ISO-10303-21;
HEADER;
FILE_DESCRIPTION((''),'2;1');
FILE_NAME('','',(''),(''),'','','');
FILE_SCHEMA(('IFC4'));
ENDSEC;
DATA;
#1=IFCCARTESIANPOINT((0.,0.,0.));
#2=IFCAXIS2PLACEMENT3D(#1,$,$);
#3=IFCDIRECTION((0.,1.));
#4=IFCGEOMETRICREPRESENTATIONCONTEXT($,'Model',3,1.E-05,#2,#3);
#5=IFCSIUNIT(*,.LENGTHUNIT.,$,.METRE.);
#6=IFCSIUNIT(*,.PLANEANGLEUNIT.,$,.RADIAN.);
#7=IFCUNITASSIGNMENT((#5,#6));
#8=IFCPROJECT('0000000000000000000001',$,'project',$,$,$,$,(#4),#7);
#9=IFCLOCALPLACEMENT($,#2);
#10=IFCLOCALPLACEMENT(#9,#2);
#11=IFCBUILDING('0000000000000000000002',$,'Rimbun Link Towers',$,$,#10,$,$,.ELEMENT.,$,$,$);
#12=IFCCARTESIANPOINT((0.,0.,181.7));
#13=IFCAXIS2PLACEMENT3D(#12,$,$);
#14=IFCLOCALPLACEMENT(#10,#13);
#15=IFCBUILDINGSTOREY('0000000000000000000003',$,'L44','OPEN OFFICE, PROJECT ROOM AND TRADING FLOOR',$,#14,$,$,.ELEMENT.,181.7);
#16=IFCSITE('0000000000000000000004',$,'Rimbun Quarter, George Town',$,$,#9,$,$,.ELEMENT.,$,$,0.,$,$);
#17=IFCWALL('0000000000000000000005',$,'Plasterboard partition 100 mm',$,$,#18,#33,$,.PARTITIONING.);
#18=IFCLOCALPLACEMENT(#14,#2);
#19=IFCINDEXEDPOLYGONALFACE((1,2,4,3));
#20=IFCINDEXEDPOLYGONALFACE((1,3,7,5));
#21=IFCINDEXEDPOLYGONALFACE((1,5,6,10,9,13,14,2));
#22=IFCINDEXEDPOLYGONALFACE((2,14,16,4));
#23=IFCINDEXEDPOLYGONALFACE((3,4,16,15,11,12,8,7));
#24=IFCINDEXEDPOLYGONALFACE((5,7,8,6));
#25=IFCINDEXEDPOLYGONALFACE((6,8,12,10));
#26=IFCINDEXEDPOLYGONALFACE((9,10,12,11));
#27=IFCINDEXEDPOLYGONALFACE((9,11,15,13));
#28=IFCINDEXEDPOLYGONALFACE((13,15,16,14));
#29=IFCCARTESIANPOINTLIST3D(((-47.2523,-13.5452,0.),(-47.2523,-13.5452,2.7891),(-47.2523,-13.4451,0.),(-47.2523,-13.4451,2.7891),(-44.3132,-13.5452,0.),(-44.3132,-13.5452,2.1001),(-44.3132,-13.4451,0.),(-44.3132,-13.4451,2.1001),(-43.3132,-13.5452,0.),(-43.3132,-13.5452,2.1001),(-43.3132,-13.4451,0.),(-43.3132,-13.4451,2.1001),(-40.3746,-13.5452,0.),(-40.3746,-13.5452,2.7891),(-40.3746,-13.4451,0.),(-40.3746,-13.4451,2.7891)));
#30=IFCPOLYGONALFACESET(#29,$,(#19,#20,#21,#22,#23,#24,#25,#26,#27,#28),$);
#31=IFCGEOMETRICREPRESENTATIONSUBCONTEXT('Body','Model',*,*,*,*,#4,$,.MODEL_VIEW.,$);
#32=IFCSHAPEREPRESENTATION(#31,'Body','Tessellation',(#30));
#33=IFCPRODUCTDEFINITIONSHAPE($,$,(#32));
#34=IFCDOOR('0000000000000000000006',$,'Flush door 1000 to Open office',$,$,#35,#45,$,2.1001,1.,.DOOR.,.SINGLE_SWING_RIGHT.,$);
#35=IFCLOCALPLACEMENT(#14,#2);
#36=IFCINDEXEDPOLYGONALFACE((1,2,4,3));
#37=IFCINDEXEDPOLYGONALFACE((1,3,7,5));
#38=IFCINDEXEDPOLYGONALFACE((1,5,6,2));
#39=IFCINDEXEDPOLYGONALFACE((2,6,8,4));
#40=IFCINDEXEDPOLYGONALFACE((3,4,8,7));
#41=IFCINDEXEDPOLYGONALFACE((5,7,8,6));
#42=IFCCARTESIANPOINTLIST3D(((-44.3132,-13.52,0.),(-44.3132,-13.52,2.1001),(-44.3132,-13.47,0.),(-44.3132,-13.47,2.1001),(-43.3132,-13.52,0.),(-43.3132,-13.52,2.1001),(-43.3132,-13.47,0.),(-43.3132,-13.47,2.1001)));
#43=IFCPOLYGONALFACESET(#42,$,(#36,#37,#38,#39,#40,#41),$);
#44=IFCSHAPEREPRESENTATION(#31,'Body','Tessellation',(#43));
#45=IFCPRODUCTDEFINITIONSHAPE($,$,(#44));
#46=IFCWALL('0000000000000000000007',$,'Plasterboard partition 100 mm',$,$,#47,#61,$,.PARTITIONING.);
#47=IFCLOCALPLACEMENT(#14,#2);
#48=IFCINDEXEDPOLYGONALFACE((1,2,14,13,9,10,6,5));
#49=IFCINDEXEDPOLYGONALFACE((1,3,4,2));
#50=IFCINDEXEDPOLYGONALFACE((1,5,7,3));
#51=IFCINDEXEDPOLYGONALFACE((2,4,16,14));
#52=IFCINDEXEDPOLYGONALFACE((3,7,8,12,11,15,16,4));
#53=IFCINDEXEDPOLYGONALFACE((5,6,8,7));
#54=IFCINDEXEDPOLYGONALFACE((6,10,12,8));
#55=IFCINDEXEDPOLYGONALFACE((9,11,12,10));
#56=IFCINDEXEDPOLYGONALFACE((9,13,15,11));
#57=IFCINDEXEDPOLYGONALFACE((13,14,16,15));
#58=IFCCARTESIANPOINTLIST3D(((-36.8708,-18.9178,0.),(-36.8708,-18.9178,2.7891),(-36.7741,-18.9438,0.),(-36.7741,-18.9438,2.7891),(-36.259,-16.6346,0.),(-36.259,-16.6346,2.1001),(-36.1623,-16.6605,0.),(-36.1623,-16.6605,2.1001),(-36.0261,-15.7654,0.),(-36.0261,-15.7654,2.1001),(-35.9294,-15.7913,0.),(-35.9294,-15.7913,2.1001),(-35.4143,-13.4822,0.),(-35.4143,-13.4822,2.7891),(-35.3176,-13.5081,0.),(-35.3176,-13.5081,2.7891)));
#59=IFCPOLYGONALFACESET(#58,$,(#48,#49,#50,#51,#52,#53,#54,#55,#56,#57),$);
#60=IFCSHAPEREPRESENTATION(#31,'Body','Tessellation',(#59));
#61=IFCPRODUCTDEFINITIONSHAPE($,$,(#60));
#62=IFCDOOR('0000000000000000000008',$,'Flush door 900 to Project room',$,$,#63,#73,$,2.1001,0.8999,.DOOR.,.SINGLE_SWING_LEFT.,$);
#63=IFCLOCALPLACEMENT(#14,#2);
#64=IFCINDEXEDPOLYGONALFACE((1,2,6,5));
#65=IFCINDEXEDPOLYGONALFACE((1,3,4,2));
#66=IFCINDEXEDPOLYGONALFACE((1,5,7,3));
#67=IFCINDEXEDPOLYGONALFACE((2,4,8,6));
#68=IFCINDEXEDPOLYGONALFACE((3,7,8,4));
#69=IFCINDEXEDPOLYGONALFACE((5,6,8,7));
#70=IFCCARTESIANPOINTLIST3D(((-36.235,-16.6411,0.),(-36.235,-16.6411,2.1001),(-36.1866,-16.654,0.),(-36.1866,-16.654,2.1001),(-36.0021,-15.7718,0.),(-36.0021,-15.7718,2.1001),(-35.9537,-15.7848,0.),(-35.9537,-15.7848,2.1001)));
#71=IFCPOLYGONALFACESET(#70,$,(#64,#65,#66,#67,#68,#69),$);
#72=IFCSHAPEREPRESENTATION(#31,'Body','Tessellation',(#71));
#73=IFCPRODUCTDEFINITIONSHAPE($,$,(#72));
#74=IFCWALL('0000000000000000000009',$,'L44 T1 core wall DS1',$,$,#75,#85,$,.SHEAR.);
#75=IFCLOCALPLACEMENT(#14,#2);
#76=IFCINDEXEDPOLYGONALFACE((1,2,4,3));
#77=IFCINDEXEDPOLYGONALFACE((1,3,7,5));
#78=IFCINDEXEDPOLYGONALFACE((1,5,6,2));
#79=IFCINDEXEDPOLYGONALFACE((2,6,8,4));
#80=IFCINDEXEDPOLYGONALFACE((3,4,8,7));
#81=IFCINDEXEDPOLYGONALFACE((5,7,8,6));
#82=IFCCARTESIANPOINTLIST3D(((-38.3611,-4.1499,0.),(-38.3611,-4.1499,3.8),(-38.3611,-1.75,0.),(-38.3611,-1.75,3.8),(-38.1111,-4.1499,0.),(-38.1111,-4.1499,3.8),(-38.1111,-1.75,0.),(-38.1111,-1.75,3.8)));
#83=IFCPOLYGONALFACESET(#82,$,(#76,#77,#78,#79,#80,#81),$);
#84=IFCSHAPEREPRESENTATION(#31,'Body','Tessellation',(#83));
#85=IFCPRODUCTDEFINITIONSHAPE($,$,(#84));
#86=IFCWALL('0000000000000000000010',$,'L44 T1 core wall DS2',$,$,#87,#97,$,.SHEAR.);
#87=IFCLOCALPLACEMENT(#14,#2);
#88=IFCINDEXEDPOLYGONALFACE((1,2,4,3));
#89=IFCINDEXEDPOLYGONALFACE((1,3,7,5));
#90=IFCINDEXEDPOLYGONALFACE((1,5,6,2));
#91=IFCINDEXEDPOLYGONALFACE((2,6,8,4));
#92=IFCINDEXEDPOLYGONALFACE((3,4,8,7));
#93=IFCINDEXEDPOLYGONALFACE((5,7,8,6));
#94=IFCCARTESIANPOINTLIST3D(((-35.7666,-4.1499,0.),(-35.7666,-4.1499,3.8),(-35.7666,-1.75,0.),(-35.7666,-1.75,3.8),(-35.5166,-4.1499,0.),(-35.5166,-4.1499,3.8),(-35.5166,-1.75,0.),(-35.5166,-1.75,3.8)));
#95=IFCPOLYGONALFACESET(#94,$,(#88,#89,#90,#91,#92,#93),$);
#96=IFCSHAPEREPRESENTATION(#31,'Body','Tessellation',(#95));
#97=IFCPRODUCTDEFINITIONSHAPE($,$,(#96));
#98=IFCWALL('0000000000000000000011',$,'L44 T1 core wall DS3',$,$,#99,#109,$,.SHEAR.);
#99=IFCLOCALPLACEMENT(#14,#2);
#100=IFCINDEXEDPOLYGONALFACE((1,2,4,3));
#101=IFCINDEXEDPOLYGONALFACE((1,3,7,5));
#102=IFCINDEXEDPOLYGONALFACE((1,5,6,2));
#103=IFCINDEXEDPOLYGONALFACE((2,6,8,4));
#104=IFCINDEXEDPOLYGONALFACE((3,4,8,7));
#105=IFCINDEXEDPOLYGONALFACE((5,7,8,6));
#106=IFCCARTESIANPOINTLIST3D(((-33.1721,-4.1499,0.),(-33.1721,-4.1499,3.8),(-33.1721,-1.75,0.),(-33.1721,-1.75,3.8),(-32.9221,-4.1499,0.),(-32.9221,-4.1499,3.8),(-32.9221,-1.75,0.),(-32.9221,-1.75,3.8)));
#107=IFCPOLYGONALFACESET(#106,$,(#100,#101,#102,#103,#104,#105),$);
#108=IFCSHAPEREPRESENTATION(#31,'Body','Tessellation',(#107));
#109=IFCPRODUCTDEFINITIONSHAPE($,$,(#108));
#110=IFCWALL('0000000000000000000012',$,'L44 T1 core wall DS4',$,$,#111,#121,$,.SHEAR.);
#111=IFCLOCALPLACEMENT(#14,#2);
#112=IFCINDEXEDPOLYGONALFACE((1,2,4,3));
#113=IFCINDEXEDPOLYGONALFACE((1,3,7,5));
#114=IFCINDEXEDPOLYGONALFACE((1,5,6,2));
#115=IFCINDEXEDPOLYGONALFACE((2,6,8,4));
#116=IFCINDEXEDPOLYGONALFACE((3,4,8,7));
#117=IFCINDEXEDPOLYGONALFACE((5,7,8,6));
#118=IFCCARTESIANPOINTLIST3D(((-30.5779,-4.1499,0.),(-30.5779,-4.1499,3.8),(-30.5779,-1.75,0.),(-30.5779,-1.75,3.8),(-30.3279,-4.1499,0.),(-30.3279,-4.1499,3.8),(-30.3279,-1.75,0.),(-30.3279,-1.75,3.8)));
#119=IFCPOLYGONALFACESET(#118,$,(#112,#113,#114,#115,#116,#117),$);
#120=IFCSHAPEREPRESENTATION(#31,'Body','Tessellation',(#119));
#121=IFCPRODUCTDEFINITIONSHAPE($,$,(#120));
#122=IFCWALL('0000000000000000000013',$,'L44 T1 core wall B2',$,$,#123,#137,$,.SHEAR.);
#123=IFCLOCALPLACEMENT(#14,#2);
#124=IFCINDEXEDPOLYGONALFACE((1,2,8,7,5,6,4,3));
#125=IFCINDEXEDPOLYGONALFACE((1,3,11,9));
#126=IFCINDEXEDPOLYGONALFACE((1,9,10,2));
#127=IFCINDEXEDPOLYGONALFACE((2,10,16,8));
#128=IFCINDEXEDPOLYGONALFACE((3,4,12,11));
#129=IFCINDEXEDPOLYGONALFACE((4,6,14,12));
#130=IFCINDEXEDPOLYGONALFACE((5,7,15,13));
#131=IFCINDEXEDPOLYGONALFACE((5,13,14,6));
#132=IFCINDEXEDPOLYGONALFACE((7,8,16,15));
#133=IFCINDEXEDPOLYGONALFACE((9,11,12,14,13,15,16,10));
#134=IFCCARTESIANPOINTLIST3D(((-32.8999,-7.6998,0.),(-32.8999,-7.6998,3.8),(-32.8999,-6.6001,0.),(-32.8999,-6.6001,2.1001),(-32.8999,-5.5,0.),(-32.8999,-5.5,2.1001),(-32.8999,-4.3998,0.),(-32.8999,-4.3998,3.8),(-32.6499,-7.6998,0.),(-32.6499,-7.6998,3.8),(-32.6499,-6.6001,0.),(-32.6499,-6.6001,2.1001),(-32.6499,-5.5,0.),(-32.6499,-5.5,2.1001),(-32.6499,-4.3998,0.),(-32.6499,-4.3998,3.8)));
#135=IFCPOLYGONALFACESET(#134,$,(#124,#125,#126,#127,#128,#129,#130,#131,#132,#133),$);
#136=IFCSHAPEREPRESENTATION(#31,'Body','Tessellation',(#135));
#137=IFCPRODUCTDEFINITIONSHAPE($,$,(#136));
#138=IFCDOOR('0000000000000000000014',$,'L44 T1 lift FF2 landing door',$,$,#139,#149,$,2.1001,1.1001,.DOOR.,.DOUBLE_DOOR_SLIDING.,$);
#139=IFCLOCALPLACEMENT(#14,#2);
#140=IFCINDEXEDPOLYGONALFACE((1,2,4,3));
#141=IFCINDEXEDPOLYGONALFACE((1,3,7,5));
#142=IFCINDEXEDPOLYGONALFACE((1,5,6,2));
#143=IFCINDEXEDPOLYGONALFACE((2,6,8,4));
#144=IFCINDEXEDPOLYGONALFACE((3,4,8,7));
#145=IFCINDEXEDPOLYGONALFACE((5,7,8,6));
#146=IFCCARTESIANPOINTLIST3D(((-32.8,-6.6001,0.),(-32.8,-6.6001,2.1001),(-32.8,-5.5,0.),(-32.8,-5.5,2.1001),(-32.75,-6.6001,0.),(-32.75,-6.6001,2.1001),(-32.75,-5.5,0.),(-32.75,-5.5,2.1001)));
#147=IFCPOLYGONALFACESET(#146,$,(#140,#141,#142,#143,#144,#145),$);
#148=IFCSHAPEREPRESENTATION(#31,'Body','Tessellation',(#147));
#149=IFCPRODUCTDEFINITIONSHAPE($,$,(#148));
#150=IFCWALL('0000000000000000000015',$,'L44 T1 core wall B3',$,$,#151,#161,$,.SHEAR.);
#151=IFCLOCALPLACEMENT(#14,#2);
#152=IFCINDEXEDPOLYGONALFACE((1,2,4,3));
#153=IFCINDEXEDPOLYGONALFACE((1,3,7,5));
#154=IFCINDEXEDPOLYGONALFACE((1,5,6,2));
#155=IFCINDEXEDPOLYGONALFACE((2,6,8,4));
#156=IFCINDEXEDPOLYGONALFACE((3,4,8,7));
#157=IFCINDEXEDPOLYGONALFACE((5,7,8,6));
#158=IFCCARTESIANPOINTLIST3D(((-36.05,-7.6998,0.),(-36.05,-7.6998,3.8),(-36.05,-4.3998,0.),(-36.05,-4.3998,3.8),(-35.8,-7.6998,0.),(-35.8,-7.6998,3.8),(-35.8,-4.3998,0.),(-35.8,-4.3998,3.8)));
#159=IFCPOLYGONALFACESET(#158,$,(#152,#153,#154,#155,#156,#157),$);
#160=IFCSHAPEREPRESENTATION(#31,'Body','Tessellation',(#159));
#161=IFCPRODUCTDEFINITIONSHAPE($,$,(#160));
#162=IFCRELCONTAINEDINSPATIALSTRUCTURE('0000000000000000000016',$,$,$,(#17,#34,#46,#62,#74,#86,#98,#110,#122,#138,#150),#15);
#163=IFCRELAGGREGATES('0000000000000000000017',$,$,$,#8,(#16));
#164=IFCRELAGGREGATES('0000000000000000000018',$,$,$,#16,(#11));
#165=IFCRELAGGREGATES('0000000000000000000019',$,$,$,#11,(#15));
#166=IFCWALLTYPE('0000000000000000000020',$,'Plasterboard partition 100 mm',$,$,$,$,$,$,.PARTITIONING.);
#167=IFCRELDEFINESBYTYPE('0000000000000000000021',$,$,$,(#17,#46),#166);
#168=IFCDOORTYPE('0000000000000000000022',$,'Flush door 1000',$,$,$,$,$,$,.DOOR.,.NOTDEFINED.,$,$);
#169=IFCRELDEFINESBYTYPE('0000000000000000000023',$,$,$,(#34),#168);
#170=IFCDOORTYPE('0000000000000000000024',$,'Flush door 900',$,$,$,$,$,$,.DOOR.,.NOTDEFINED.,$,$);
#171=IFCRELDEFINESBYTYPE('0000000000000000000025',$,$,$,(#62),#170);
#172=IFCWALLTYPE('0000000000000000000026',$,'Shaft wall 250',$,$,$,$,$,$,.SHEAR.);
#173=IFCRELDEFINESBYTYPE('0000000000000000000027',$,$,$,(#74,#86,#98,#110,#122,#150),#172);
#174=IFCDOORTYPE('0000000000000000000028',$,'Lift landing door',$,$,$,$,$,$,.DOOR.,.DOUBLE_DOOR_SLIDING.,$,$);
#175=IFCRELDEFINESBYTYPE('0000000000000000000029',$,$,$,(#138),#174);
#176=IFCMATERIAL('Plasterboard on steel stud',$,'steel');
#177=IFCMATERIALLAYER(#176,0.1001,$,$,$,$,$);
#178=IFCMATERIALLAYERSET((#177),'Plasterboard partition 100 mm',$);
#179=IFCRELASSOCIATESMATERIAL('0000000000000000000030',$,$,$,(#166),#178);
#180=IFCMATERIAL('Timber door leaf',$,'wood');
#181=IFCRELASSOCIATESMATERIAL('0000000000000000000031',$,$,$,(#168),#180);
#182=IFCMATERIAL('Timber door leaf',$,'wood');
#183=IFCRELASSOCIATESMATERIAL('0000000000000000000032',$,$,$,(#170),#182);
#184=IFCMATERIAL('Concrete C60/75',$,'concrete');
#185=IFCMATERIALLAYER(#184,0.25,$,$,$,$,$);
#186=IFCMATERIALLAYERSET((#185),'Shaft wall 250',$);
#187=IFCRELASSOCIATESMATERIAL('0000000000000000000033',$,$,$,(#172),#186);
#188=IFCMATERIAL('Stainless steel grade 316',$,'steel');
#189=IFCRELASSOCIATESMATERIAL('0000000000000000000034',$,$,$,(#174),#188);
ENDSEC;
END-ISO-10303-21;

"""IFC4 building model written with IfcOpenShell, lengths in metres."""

from ifc_helpers import new_model, si_unit, direction, frame, frame_2d, origin, place, context, subcontext, project, spatial, rectangle, extrude, material, layer, layer_set, type_object, element, fill, save


model = new_model("IFC4")

# Units and contexts
model_context = context("Model", 3, precision=1e-05, world=origin(), true_north=direction((0.0, 1.0)))
body_context = subcontext(model_context, "Body", "Model", "MODEL_VIEW")
ifc_project = project(units=[si_unit("LENGTHUNIT", "METRE"), si_unit("PLANEANGLEUNIT", "RADIAN")], contexts=[model_context])

# Site, building, storey
site_placement = place(None, origin())
site = spatial("IfcSite", under=ifc_project, at=site_placement, Name="Rimbun Quarter, George Town", CompositionType="ELEMENT", RefElevation=0.0)
building_placement = place(site_placement, origin())
building = spatial("IfcBuilding", under=site, at=building_placement, Name="Rimbun Link Towers", CompositionType="ELEMENT")
storey_placement = place(building_placement, frame((0.0, 0.0, 181.7)))
storey = spatial("IfcBuildingStorey", under=building, at=storey_placement, Name="L44", Description="OPEN OFFICE, PROJECT ROOM AND TRADING FLOOR", CompositionType="ELEMENT", Elevation=181.7)

# Walls, openings, doors
ifc_material_1 = material(Name="Plasterboard on steel stud", Category="steel")
ifc_layer_1 = layer(ifc_material_1, 0.1001)
ifc_layer_set_1 = layer_set([ifc_layer_1], Name="Plasterboard partition 100 mm")
wall_type_1 = type_object("IfcWallType", Name="Plasterboard partition 100 mm", PredefinedType="PARTITIONING", material=ifc_layer_set_1)
wall_1_placement = place(storey_placement, frame((-40.3745, -13.4951, 0.0), z_axis=(0.0, 0.0, 1.0), x_axis=(-1.0, 0.0, 0.0)))
wall_1 = element("IfcWall", 1, at=wall_1_placement, inside=storey, type_object=wall_type_1, Name="Plasterboard partition 100 mm", PredefinedType="PARTITIONING", context=body_context, shape_type="SweptSolid", body=[
    extrude(rectangle(XDim=6.8777, YDim=0.1001, at=frame_2d((3.439, 0.0))), origin(), (0.0, 0.0, 1.0), 2.7891),
])
opening_1_placement = place(wall_1_placement, frame((2.9387, 0.0, 0.0)))
opening_1 = element("IfcOpeningElement", 2, at=opening_1_placement, cuts=wall_1, PredefinedType="OPENING", context=body_context, shape_type="SweptSolid", body=[
    extrude(rectangle(XDim=1.0, YDim=2.1001, at=frame_2d((0.5, 1.05))), frame((0.0, 0.0601, 0.0), z_axis=(0.0, -1.0, 0.0), x_axis=(1.0, 0.0, 0.0)), (0.0, 0.0, 1.0), 0.1201),
])
ifc_material_2 = material(Name="Timber door leaf", Category="wood")
door_type_1 = type_object("IfcDoorType", Name="Flush door 1000", OperationType="NOTDEFINED", PredefinedType="DOOR", material=ifc_material_2)
door_1_placement = place(opening_1_placement, origin())
door_1 = element("IfcDoor", 3, at=door_1_placement, inside=storey, type_object=door_type_1, Name="Flush door 1000 to Open office", OperationType="SINGLE_SWING_RIGHT", OverallHeight=2.1001, OverallWidth=1.0, PredefinedType="DOOR", context=body_context, shape_type="SweptSolid", body=[
    extrude(rectangle(XDim=1.0, YDim=2.1001, at=frame_2d((0.5, 1.05))), frame((0.0, 0.0249, 0.0), z_axis=(0.0, -1.0, 0.0), x_axis=(1.0, 0.0, 0.0)), (0.0, 0.0, 1.0), 0.05),
])
fill(opening_1, door_1)
wall_2_placement = place(storey_placement, frame((-35.366, -13.4951, 0.0), z_axis=(0.0, 0.0, 1.0), x_axis=(-0.258824, -0.965925, 0.0)))
wall_2 = element("IfcWall", 4, at=wall_2_placement, inside=storey, type_object=wall_type_1, Name="Plasterboard partition 100 mm", PredefinedType="PARTITIONING", context=body_context, shape_type="SweptSolid", body=[
    extrude(rectangle(XDim=5.6274, YDim=0.1001, at=frame_2d((2.8137, 0.0))), origin(), (0.0, 0.0, 1.0), 2.7891),
])
opening_2_placement = place(wall_2_placement, frame((2.3638, 0.0, 0.0)))
opening_2 = element("IfcOpeningElement", 5, at=opening_2_placement, cuts=wall_2, PredefinedType="OPENING", context=body_context, shape_type="SweptSolid", body=[
    extrude(rectangle(XDim=0.8999, YDim=2.1001, at=frame_2d((0.45, 1.05))), frame((0.0, 0.0601, 0.0), z_axis=(0.0, -1.0, 0.0), x_axis=(1.0, 0.0, 0.0)), (0.0, 0.0, 1.0), 0.1201),
])
ifc_material_3 = material(Name="Timber door leaf", Category="wood")
door_type_2 = type_object("IfcDoorType", Name="Flush door 900", OperationType="NOTDEFINED", PredefinedType="DOOR", material=ifc_material_3)
door_2_placement = place(opening_2_placement, origin())
door_2 = element("IfcDoor", 6, at=door_2_placement, inside=storey, type_object=door_type_2, Name="Flush door 900 to Project room", OperationType="SINGLE_SWING_LEFT", OverallHeight=2.1001, OverallWidth=0.8999, PredefinedType="DOOR", context=body_context, shape_type="SweptSolid", body=[
    extrude(rectangle(XDim=0.8999, YDim=2.1001, at=frame_2d((0.45, 1.05))), frame((0.0, 0.0249, 0.0), z_axis=(0.0, -1.0, 0.0), x_axis=(1.0, 0.0, 0.0)), (0.0, 0.0, 1.0), 0.05),
])
fill(opening_2, door_2)

# Walls
ifc_material_4 = material(Name="Concrete C60/75", Category="concrete")
ifc_layer_2 = layer(ifc_material_4, 0.25)
ifc_layer_set_2 = layer_set([ifc_layer_2], Name="Shaft wall 250")
wall_type_2 = type_object("IfcWallType", Name="Shaft wall 250", PredefinedType="SHEAR", material=ifc_layer_set_2)
for number, where, z_axis, x_axis, name in (
    (7, (-38.2361, -4.1499, 0.0), (0.0, 0.0, 1.0), (0.0, 1.0, 0.0), "L44 T1 core wall DS1"),
    (8, (-35.6416, -4.1499, 0.0), (0.0, 0.0, 1.0), (0.0, 1.0, 0.0), "L44 T1 core wall DS2"),
    (9, (-33.0471, -4.1499, 0.0), (0.0, 0.0, 1.0), (0.0, 1.0, 0.0), "L44 T1 core wall DS3"),
    (10, (-30.4529, -4.1499, 0.0), (0.0, 0.0, 1.0), (0.0, 1.0, 0.0), "L44 T1 core wall DS4"),
):
    element("IfcWall", number, at=place(storey_placement, frame(where, z_axis=z_axis, x_axis=x_axis)), inside=storey, type_object=wall_type_2, Name=name, PredefinedType="SHEAR", context=body_context, shape_type="SweptSolid", body=[
        extrude(rectangle(XDim=2.3999, YDim=0.25, at=frame_2d((1.2, 0.0))), origin(), (0.0, 0.0, 1.0), 3.8),
    ])

# Wall, opening, door
wall_3_placement = place(storey_placement, frame((-32.7749, -4.3999, 0.0), z_axis=(0.0, 0.0, 1.0), x_axis=(0.0, -1.0, 0.0)))
wall_3 = element("IfcWall", 11, at=wall_3_placement, inside=storey, type_object=wall_type_2, Name="L44 T1 core wall B2", PredefinedType="SHEAR", context=body_context, shape_type="SweptSolid", body=[
    extrude(rectangle(XDim=3.3, YDim=0.25, at=frame_2d((1.6499, 0.0))), origin(), (0.0, 0.0, 1.0), 3.8),
])
opening_3_placement = place(wall_3_placement, frame((1.1001, 0.0, 0.0)))
opening_3 = element("IfcOpeningElement", 12, at=opening_3_placement, cuts=wall_3, PredefinedType="OPENING", context=body_context, shape_type="SweptSolid", body=[
    extrude(rectangle(XDim=1.1001, YDim=2.1001, at=frame_2d((0.55, 1.05))), frame((0.0, 0.135, 0.0), z_axis=(0.0, -1.0, 0.0), x_axis=(1.0, 0.0, 0.0)), (0.0, 0.0, 1.0), 0.27),
])
ifc_material_5 = material(Name="Stainless steel grade 316", Category="steel")
door_type_3 = type_object("IfcDoorType", Name="Lift landing door", OperationType="DOUBLE_DOOR_SLIDING", PredefinedType="DOOR", material=ifc_material_5)
door_3_placement = place(opening_3_placement, origin())
door_3 = element("IfcDoor", 13, at=door_3_placement, inside=storey, type_object=door_type_3, Name="L44 T1 lift FF2 landing door", OperationType="DOUBLE_DOOR_SLIDING", OverallHeight=2.1001, OverallWidth=1.1001, PredefinedType="DOOR", context=body_context, shape_type="SweptSolid", body=[
    extrude(rectangle(XDim=1.1001, YDim=2.1001, at=frame_2d((0.55, 1.05))), frame((0.0, 0.0249, 0.0), z_axis=(0.0, -1.0, 0.0), x_axis=(1.0, 0.0, 0.0)), (0.0, 0.0, 1.0), 0.05),
])
fill(opening_3, door_3)

# Wall
wall_4_placement = place(storey_placement, frame((-35.925, -4.3999, 0.0), z_axis=(0.0, 0.0, 1.0), x_axis=(0.0, -1.0, 0.0)))
element("IfcWall", 14, at=wall_4_placement, inside=storey, type_object=wall_type_2, Name="L44 T1 core wall B3", PredefinedType="SHEAR", context=body_context, shape_type="SweptSolid", body=[
    extrude(rectangle(XDim=3.3, YDim=0.25, at=frame_2d((1.6499, 0.0))), origin(), (0.0, 0.0, 1.0), 3.8),
])

save(model, "model.ifc")
